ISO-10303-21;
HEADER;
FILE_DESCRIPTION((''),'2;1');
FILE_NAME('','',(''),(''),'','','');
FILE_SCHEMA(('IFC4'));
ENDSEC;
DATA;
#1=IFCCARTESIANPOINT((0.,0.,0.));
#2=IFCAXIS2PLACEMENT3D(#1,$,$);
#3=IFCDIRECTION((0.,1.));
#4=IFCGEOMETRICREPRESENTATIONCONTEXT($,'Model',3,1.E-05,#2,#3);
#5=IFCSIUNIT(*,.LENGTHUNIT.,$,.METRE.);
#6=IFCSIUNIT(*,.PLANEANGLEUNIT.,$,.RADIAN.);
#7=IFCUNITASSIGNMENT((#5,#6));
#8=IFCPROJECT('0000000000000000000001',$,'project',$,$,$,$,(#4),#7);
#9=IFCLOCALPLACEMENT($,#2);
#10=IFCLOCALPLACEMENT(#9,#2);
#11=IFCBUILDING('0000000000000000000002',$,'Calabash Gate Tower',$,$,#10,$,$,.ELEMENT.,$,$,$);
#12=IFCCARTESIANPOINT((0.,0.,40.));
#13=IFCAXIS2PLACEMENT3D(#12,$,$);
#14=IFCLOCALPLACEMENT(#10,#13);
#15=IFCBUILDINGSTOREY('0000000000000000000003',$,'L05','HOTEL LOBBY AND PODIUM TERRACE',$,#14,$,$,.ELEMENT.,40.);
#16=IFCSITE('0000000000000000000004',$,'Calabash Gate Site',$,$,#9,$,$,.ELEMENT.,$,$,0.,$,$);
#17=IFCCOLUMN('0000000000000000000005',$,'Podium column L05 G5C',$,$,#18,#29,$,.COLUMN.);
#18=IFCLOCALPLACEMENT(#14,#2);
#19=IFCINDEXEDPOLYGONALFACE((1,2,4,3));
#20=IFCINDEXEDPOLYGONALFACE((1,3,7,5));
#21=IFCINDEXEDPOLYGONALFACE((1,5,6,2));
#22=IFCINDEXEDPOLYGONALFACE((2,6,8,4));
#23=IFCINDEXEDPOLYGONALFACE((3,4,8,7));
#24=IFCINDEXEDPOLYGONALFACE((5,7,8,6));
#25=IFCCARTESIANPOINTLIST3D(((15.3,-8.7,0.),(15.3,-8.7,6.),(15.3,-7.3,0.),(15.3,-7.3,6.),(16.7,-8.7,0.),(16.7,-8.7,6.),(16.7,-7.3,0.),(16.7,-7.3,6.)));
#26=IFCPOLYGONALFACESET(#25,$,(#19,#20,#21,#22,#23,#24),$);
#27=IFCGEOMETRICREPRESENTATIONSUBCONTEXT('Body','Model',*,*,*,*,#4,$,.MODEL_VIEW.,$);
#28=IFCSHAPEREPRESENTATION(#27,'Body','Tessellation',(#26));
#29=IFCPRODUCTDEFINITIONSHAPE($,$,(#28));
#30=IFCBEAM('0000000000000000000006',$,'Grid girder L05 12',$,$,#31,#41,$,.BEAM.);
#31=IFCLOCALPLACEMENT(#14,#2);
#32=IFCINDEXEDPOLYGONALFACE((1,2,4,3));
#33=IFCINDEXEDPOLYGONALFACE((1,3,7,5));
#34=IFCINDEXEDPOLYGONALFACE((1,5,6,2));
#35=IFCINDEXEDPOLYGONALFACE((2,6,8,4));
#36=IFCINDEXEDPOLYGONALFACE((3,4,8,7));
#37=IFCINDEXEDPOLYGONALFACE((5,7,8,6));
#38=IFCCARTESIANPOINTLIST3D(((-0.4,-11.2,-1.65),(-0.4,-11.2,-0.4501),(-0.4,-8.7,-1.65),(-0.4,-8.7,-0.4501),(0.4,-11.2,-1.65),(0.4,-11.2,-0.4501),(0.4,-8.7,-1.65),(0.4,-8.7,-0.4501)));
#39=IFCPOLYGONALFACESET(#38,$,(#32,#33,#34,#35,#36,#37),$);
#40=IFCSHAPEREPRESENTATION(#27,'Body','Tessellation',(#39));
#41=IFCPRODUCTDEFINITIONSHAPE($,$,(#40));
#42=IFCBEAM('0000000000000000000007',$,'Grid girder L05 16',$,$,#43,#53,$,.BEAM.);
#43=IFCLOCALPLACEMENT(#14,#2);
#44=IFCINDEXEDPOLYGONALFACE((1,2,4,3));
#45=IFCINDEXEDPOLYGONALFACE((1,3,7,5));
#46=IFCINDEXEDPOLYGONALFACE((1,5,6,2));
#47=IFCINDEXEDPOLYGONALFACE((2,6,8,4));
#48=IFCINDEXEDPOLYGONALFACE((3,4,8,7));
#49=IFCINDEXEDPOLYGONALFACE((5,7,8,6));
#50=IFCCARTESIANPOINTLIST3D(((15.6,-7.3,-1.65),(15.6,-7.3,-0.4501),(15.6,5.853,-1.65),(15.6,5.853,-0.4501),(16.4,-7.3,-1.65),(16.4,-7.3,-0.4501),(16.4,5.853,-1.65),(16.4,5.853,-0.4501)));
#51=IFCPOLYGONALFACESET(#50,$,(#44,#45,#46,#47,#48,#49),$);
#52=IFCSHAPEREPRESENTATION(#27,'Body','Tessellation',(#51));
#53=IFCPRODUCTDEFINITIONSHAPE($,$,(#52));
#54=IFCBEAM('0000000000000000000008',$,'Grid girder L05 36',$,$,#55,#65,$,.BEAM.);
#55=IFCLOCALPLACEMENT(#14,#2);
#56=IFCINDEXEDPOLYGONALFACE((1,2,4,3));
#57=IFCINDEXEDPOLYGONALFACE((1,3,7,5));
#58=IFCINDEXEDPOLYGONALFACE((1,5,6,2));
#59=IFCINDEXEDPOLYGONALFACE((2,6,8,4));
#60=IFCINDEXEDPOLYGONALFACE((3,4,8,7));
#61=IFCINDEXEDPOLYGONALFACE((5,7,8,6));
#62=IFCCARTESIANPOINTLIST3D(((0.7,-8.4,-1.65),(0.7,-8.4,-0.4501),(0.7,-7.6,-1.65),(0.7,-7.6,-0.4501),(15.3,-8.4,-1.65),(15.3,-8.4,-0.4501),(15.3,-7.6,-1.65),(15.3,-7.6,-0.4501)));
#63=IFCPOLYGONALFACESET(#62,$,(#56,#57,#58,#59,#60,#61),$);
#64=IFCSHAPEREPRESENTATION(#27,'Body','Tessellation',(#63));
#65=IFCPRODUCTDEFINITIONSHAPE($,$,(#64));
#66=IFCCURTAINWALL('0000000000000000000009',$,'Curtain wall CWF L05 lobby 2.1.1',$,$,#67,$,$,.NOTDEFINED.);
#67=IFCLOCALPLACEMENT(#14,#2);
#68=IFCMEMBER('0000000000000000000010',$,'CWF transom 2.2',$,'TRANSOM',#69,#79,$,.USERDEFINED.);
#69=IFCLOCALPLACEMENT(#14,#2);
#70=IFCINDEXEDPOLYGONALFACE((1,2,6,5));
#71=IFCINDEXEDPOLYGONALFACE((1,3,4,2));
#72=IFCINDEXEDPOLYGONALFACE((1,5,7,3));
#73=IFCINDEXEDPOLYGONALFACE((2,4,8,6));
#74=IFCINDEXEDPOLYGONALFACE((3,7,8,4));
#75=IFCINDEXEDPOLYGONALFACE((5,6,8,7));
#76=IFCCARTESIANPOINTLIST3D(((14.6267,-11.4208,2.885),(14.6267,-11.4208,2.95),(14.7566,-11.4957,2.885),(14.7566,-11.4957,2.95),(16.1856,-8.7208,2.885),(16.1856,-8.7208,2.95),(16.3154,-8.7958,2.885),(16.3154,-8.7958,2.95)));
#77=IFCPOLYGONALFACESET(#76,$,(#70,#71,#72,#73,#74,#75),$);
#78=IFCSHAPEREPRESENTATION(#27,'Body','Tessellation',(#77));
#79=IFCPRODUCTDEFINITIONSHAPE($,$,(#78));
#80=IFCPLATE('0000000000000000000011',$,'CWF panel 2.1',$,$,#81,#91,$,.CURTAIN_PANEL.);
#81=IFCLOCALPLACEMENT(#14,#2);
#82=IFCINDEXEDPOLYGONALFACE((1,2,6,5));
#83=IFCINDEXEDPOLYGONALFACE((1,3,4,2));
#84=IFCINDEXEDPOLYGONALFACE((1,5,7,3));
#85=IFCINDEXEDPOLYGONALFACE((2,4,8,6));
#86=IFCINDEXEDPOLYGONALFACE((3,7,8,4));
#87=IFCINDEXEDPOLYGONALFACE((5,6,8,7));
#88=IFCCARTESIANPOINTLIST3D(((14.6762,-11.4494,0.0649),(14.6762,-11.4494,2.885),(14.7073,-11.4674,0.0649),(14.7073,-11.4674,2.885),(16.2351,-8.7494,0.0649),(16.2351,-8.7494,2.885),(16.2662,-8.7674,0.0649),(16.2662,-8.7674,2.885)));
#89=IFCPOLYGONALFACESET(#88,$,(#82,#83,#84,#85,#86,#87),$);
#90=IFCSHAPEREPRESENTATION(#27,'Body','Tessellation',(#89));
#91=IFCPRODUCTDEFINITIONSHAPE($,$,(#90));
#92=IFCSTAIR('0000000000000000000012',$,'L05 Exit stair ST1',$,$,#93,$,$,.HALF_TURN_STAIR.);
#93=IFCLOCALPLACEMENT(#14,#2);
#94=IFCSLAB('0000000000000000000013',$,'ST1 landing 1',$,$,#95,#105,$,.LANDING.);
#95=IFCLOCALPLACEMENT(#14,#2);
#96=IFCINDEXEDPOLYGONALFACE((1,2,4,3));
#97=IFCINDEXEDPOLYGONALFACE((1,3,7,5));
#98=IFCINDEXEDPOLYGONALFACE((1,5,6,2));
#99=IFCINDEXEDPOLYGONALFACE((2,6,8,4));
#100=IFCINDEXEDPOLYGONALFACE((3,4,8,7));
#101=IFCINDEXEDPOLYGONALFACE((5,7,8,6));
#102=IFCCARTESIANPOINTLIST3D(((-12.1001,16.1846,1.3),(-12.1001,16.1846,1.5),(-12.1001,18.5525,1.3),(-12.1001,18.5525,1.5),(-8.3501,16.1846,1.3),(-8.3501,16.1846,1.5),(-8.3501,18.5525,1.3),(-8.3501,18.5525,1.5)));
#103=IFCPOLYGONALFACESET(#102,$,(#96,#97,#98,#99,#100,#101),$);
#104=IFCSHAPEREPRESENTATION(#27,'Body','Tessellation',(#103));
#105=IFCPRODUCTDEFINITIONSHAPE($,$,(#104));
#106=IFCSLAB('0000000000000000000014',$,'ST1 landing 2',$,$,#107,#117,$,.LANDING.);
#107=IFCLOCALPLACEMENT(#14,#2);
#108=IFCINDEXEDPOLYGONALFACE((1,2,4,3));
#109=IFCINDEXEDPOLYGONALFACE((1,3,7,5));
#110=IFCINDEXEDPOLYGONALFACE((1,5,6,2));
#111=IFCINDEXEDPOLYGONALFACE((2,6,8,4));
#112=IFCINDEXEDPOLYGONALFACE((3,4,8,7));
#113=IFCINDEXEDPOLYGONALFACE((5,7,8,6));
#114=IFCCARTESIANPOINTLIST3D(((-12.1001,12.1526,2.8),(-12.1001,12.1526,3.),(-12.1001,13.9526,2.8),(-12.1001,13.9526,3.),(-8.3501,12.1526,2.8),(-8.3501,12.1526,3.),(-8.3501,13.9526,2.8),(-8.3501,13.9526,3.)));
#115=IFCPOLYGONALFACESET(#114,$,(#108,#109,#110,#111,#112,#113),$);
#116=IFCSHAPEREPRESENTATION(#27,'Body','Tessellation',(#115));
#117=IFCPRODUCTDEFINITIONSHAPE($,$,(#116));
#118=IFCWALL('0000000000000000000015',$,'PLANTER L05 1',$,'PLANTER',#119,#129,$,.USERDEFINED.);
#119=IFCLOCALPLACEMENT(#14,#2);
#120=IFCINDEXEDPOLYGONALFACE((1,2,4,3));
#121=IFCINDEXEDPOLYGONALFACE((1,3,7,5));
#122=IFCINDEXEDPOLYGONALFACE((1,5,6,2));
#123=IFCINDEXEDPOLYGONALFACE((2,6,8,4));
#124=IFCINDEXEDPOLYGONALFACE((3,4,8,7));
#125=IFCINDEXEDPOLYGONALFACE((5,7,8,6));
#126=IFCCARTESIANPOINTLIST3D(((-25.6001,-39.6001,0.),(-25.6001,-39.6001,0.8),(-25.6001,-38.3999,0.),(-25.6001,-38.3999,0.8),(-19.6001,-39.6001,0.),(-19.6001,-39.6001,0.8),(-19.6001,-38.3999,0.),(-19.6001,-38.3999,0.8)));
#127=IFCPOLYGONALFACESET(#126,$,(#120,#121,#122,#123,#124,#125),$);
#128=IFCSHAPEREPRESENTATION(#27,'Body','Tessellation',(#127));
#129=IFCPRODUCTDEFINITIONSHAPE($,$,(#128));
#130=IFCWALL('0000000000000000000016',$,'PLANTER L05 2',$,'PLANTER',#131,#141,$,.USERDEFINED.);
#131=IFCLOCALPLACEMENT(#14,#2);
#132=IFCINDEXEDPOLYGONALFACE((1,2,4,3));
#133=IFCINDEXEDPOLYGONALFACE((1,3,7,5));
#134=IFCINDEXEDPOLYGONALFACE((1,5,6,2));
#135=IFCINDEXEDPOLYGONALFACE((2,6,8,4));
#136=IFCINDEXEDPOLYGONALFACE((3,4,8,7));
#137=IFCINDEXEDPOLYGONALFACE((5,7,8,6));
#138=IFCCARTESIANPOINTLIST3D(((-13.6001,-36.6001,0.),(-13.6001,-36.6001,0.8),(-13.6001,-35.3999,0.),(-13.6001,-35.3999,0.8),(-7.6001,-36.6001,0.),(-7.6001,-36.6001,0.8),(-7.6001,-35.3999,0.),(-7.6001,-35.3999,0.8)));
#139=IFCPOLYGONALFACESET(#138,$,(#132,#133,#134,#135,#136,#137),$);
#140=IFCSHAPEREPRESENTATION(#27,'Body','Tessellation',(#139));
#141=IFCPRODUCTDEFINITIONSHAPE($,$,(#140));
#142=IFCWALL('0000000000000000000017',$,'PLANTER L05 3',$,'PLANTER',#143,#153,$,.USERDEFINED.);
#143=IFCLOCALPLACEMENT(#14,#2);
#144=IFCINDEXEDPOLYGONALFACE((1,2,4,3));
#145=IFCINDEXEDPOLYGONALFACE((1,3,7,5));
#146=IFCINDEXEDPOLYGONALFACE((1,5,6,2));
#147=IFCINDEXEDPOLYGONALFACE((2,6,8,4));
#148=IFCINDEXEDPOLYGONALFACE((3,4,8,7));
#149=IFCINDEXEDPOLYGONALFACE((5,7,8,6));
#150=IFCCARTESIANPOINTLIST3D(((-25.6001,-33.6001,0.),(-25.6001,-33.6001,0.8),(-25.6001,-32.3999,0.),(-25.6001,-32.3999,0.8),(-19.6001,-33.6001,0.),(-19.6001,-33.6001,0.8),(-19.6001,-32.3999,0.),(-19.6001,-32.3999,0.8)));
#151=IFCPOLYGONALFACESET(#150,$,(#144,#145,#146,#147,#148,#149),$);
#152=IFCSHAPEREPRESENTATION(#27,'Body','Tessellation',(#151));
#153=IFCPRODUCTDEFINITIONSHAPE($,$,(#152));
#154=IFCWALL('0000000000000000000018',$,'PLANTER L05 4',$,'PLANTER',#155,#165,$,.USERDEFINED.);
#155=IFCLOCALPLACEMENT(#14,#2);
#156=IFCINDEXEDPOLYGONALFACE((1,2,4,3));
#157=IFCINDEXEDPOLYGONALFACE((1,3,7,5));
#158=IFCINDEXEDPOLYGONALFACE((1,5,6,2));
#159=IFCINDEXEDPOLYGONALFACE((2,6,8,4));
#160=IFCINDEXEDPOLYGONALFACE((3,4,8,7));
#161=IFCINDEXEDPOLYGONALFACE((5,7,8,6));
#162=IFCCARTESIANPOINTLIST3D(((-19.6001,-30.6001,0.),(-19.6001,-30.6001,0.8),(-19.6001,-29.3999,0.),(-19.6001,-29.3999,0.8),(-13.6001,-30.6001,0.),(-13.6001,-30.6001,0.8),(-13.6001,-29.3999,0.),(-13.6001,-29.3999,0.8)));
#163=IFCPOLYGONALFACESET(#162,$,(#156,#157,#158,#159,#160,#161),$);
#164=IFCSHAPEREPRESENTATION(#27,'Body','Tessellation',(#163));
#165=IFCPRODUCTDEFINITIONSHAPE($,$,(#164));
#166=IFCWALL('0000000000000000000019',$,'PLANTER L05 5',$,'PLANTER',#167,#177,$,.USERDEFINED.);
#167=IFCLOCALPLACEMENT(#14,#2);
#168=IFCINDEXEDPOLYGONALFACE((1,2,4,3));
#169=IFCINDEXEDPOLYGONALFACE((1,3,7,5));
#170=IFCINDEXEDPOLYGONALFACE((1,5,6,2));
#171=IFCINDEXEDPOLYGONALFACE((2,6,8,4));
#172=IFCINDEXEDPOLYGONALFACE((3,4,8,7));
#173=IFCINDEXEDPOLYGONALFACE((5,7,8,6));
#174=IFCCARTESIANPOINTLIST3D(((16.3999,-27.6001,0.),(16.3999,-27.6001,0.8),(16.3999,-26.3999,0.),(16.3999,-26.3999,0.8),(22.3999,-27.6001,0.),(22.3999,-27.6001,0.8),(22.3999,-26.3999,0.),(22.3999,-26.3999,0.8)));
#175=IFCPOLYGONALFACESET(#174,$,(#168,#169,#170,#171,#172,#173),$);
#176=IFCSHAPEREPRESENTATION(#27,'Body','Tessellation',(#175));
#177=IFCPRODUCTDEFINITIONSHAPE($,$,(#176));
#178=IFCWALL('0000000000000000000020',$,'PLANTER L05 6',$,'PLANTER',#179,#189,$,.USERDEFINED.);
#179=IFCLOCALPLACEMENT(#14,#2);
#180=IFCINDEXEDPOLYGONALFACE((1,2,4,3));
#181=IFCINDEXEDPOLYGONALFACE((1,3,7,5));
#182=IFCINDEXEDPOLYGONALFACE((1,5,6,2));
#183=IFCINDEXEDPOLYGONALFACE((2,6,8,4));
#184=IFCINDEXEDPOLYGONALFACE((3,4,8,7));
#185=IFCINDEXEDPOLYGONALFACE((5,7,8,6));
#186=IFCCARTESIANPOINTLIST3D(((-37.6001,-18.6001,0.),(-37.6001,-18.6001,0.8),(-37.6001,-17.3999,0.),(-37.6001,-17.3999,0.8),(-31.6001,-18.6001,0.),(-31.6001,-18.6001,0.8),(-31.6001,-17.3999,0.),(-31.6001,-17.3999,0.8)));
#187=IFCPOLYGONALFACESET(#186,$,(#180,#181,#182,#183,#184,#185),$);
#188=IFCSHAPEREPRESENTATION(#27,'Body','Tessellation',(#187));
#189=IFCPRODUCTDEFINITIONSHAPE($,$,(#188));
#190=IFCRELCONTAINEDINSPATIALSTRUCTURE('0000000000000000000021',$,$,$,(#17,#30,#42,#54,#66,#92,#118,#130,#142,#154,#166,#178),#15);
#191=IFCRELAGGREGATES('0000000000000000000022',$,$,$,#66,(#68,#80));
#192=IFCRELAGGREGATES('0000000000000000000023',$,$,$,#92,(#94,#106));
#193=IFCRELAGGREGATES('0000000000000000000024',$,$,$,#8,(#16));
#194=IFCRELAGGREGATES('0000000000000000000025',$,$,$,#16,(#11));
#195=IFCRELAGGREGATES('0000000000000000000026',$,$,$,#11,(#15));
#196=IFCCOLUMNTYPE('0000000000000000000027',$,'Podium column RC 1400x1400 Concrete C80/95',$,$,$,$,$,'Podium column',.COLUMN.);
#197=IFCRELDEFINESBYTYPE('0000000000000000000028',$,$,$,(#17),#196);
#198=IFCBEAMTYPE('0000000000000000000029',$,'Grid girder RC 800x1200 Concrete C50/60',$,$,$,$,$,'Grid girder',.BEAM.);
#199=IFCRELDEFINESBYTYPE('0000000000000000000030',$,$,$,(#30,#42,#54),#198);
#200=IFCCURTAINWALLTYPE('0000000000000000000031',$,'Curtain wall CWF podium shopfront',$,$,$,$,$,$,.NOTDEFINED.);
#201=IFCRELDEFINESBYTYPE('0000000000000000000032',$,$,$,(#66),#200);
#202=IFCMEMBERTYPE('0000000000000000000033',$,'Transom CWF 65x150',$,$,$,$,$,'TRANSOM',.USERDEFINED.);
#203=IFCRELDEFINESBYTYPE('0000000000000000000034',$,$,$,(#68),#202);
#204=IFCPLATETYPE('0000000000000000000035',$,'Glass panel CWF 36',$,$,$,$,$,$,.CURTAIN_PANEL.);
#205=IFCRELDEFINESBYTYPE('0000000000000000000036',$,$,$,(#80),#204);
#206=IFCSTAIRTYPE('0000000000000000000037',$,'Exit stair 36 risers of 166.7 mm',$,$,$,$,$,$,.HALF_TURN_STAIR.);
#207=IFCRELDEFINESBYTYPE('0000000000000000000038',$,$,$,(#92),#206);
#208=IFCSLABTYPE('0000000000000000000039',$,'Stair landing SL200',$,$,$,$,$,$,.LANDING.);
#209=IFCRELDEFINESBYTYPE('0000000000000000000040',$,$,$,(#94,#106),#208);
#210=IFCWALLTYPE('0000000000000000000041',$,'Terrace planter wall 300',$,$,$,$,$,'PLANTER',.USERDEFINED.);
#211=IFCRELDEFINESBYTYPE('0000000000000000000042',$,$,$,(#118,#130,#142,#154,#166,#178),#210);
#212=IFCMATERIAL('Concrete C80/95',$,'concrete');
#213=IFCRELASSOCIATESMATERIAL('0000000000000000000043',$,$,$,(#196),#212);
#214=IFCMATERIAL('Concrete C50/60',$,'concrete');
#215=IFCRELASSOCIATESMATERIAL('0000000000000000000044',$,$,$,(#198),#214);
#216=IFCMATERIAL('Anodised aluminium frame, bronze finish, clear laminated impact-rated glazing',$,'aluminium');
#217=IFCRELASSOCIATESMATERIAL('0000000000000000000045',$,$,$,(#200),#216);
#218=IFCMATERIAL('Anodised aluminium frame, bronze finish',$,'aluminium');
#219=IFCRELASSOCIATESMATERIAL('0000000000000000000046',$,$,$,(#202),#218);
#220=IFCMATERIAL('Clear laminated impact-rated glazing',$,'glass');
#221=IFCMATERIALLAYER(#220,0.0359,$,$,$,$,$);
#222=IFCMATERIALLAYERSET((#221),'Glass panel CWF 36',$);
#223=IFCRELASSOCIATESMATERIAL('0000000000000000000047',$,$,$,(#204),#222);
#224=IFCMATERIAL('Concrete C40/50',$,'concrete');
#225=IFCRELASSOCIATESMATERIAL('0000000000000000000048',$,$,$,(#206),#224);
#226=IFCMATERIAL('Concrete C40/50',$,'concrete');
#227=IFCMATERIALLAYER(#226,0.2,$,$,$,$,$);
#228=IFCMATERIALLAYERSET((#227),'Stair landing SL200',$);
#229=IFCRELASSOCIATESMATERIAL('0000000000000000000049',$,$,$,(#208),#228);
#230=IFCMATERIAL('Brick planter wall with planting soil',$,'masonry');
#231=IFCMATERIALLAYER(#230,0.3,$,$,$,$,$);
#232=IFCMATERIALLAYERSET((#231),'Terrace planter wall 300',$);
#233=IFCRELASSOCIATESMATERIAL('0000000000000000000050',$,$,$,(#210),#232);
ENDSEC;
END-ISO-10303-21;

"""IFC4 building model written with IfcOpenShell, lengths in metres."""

from ifc_helpers import new_model, si_unit, direction, frame, origin, origin_2d, place, context, subcontext, project, spatial, polyline, rectangle, outline, extrude, material, layer, layer_set, material_profile, profile_set, type_object, element, aggregate, save


model = new_model("IFC4")

# Units and contexts
model_context = context("Model", 3, precision=1e-05, world=origin(), true_north=direction((0.0, 1.0)))
body_context = subcontext(model_context, "Body", "Model", "MODEL_VIEW")
ifc_project = project(units=[si_unit("LENGTHUNIT", "METRE"), si_unit("PLANEANGLEUNIT", "RADIAN")], contexts=[model_context])

# Site, building, storey
site_placement = place(None, origin())
site = spatial("IfcSite", under=ifc_project, at=site_placement, Name="Calabash Gate Site", CompositionType="ELEMENT", RefElevation=0.0)
building_placement = place(site_placement, origin())
building = spatial("IfcBuilding", under=site, at=building_placement, Name="Calabash Gate Tower", CompositionType="ELEMENT")
storey_placement = place(building_placement, frame((0.0, 0.0, 40.0)))
storey = spatial("IfcBuildingStorey", under=building, at=storey_placement, Name="L05", Description="HOTEL LOBBY AND PODIUM TERRACE", CompositionType="ELEMENT", Elevation=40.0)

# Column
ifc_material_1 = material(Name="Concrete C80/95", Category="concrete")
ifc_material_profile_1 = material_profile(ifc_material_1, rectangle(XDim=1.3999, YDim=1.3999, at=origin_2d()))
ifc_profile_set_1 = profile_set([ifc_material_profile_1], Name="Concrete C80/95")
column_type = type_object("IfcColumnType", Name="Podium column RC 1400x1400 Concrete C80/95", ElementType="Podium column", PredefinedType="COLUMN", material=ifc_profile_set_1)
column_placement = place(storey_placement, frame((16.0, -8.0, 0.0), z_axis=(0.0, 0.0, 1.0), x_axis=(1.0, 0.0, 0.0)))
element("IfcColumn", 1, at=column_placement, inside=storey, type_object=column_type, Name="Podium column L05 G5C", PredefinedType="COLUMN", context=body_context, shape_type="SweptSolid", body=[
    extrude(rectangle(XDim=1.3999, YDim=1.3999, at=origin_2d()), origin(), (0.0, 0.0, 1.0), 6.0),
])

# Beams
ifc_material_2 = material(Name="Concrete C50/60", Category="concrete")
ifc_material_profile_2 = material_profile(ifc_material_2, rectangle(XDim=0.8, YDim=1.2, at=origin_2d()))
ifc_profile_set_2 = profile_set([ifc_material_profile_2], Name="Concrete C50/60")
beam_type = type_object("IfcBeamType", Name="Grid girder RC 800x1200 Concrete C50/60", ElementType="Grid girder", PredefinedType="BEAM", material=ifc_profile_set_2)
beam_1_placement = place(storey_placement, frame((0.0, -11.2, -1.05), z_axis=(0.0, 1.0, 0.0), x_axis=(-1.0, 0.0, 0.0)))
element("IfcBeam", 2, at=beam_1_placement, inside=storey, type_object=beam_type, Name="Grid girder L05 12", PredefinedType="BEAM", context=body_context, shape_type="SweptSolid", body=[
    extrude(rectangle(XDim=0.8, YDim=1.2, at=origin_2d()), origin(), (0.0, 0.0, 1.0), 2.5),
])
beam_2_placement = place(storey_placement, frame((16.0, -7.3, -1.05), z_axis=(0.0, 1.0, 0.0), x_axis=(-1.0, 0.0, 0.0)))
element("IfcBeam", 3, at=beam_2_placement, inside=storey, type_object=beam_type, Name="Grid girder L05 16", PredefinedType="BEAM", context=body_context, shape_type="SweptSolid", body=[
    extrude(rectangle(XDim=0.8, YDim=1.2, at=origin_2d()), origin(), (0.0, 0.0, 1.0), 13.1531),
])
beam_3_placement = place(storey_placement, frame((0.7, -8.0, -1.05), z_axis=(1.0, 0.0, 0.0), x_axis=(0.0, 1.0, 0.0)))
element("IfcBeam", 4, at=beam_3_placement, inside=storey, type_object=beam_type, Name="Grid girder L05 36", PredefinedType="BEAM", context=body_context, shape_type="SweptSolid", body=[
    extrude(rectangle(XDim=0.8, YDim=1.2, at=origin_2d()), origin(), (0.0, 0.0, 1.0), 14.6001),
])

# Curtain wall, member, plate
ifc_material_3 = material(Name="Anodised aluminium frame, bronze finish, clear laminated impact-rated glazing", Category="aluminium")
curtain_wall_type = type_object("IfcCurtainWallType", Name="Curtain wall CWF podium shopfront", PredefinedType="NOTDEFINED", material=ifc_material_3)
curtain_wall_placement = place(storey_placement, origin())
curtain_wall = element("IfcCurtainWall", 5, at=curtain_wall_placement, inside=storey, type_object=curtain_wall_type, Name="Curtain wall CWF L05 lobby 2.1.1", PredefinedType="NOTDEFINED")
ifc_material_4 = material(Name="Anodised aluminium frame, bronze finish", Category="aluminium")
ifc_material_profile_3 = material_profile(ifc_material_4, rectangle(XDim=0.1499, YDim=0.0649, at=origin_2d()))
ifc_profile_set_3 = profile_set([ifc_material_profile_3], Name="Anodised aluminium frame, bronze finish")
member_type = type_object("IfcMemberType", Name="Transom CWF 65x150", ElementType="TRANSOM", PredefinedType="USERDEFINED", material=ifc_profile_set_3)
member_placement = place(storey_placement, frame((14.6917, -11.4583, 2.9175), z_axis=(0.500005, 0.866023, 0.0), x_axis=(-0.866023, 0.500005, 0.0)))
member = element("IfcMember", 6, at=member_placement, type_object=member_type, Name="CWF transom 2.2", ObjectType="TRANSOM", PredefinedType="USERDEFINED", context=body_context, shape_type="SweptSolid", body=[
    extrude(rectangle(XDim=0.1499, YDim=0.0649, at=origin_2d()), origin(), (0.0, 0.0, 1.0), 3.1177),
])
ifc_material_5 = material(Name="Clear laminated impact-rated glazing", Category="glass")
ifc_layer_1 = layer(ifc_material_5, 0.0359)
ifc_layer_set_1 = layer_set([ifc_layer_1], Name="Glass panel CWF 36")
plate_type = type_object("IfcPlateType", Name="Glass panel CWF 36", PredefinedType="CURTAIN_PANEL", material=ifc_layer_set_1)
plate_placement = place(storey_placement, frame((15.4712, -10.1084, 0.0649), z_axis=(0.0, 0.0, 1.0), x_axis=(0.5, 0.866025, 0.0)))
plate = element("IfcPlate", 7, at=plate_placement, type_object=plate_type, Name="CWF panel 2.1", PredefinedType="CURTAIN_PANEL", context=body_context, shape_type="SweptSolid", body=[
    extrude(rectangle(XDim=3.1177, YDim=0.0359, at=origin_2d()), origin(), (0.0, 0.0, 1.0), 2.8201),
])
aggregate(curtain_wall, [member, plate])

# Stair, slabs
ifc_material_6 = material(Name="Concrete C40/50", Category="concrete")
stair_type = type_object("IfcStairType", Name="Exit stair 36 risers of 166.7 mm", PredefinedType="HALF_TURN_STAIR", material=ifc_material_6)
stair_placement = place(storey_placement, origin())
stair = element("IfcStair", 8, at=stair_placement, inside=storey, type_object=stair_type, Name="L05 Exit stair ST1", PredefinedType="HALF_TURN_STAIR")
ifc_material_7 = material(Name="Concrete C40/50", Category="concrete")
ifc_layer_2 = layer(ifc_material_7, 0.2)
ifc_layer_set_2 = layer_set([ifc_layer_2], Name="Stair landing SL200")
slab_type_1 = type_object("IfcSlabType", Name="Stair landing SL200", PredefinedType="LANDING", material=ifc_layer_set_2)
slab_1_placement = place(storey_placement, frame((0.0, 0.0, 1.3)))
slab_1 = element("IfcSlab", 9, at=slab_1_placement, type_object=slab_type_1, Name="ST1 landing 1", PredefinedType="LANDING", context=body_context, shape_type="SweptSolid", body=[
    extrude(outline(polyline([(-8.3501, 16.1846), (-8.3501, 18.5525), (-12.1001, 18.5525), (-12.1001, 16.1846), (-8.3501, 16.1846)])), origin(), (0.0, 0.0, 1.0), 0.2),
])
slab_2_placement = place(storey_placement, frame((0.0, 0.0, 2.8)))
slab_2 = element("IfcSlab", 10, at=slab_2_placement, type_object=slab_type_1, Name="ST1 landing 2", PredefinedType="LANDING", context=body_context, shape_type="SweptSolid", body=[
    extrude(outline(polyline([(-8.3501, 12.1526), (-8.3501, 13.9526), (-12.1001, 13.9526), (-12.1001, 12.1526), (-8.3501, 12.1526)])), origin(), (0.0, 0.0, 1.0), 0.2),
])
aggregate(stair, [slab_1, slab_2])

# Walls
ifc_material_8 = material(Name="Brick planter wall with planting soil", Category="masonry")
ifc_layer_3 = layer(ifc_material_8, 0.3)
ifc_layer_set_3 = layer_set([ifc_layer_3], Name="Terrace planter wall 300")
wall_type = type_object("IfcWallType", Name="Terrace planter wall 300", ElementType="PLANTER", PredefinedType="USERDEFINED", material=ifc_layer_set_3)
wall_1_placement = place(storey_placement, origin())
element("IfcWall", 11, at=wall_1_placement, inside=storey, type_object=wall_type, Name="PLANTER L05 1", ObjectType="PLANTER", PredefinedType="USERDEFINED", context=body_context, shape_type="SweptSolid", body=[
    extrude(outline(polyline([(-19.6001, -39.6001), (-19.6001, -38.3999), (-25.6001, -38.3999), (-25.6001, -39.6001), (-19.6001, -39.6001)])), origin(), (0.0, 0.0, 1.0), 0.8),
])
wall_2_placement = place(storey_placement, origin())
element("IfcWall", 12, at=wall_2_placement, inside=storey, type_object=wall_type, Name="PLANTER L05 2", ObjectType="PLANTER", PredefinedType="USERDEFINED", context=body_context, shape_type="SweptSolid", body=[
    extrude(outline(polyline([(-7.6001, -36.6001), (-7.6001, -35.3999), (-13.6001, -35.3999), (-13.6001, -36.6001), (-7.6001, -36.6001)])), origin(), (0.0, 0.0, 1.0), 0.8),
])
wall_3_placement = place(storey_placement, origin())
element("IfcWall", 13, at=wall_3_placement, inside=storey, type_object=wall_type, Name="PLANTER L05 3", ObjectType="PLANTER", PredefinedType="USERDEFINED", context=body_context, shape_type="SweptSolid", body=[
    extrude(outline(polyline([(-19.6001, -33.6001), (-19.6001, -32.3999), (-25.6001, -32.3999), (-25.6001, -33.6001), (-19.6001, -33.6001)])), origin(), (0.0, 0.0, 1.0), 0.8),
])
wall_4_placement = place(storey_placement, origin())
element("IfcWall", 14, at=wall_4_placement, inside=storey, type_object=wall_type, Name="PLANTER L05 4", ObjectType="PLANTER", PredefinedType="USERDEFINED", context=body_context, shape_type="SweptSolid", body=[
    extrude(outline(polyline([(-13.6001, -30.6001), (-13.6001, -29.3999), (-19.6001, -29.3999), (-19.6001, -30.6001), (-13.6001, -30.6001)])), origin(), (0.0, 0.0, 1.0), 0.8),
])
wall_5_placement = place(storey_placement, origin())
element("IfcWall", 15, at=wall_5_placement, inside=storey, type_object=wall_type, Name="PLANTER L05 5", ObjectType="PLANTER", PredefinedType="USERDEFINED", context=body_context, shape_type="SweptSolid", body=[
    extrude(outline(polyline([(22.3999, -27.6001), (22.3999, -26.3999), (16.3999, -26.3999), (16.3999, -27.6001), (22.3999, -27.6001)])), origin(), (0.0, 0.0, 1.0), 0.8),
])
wall_6_placement = place(storey_placement, origin())
element("IfcWall", 16, at=wall_6_placement, inside=storey, type_object=wall_type, Name="PLANTER L05 6", ObjectType="PLANTER", PredefinedType="USERDEFINED", context=body_context, shape_type="SweptSolid", body=[
    extrude(outline(polyline([(-31.6001, -18.6001), (-31.6001, -17.3999), (-37.6001, -17.3999), (-37.6001, -18.6001), (-31.6001, -18.6001)])), origin(), (0.0, 0.0, 1.0), 0.8),
])

save(model, "model.ifc")
